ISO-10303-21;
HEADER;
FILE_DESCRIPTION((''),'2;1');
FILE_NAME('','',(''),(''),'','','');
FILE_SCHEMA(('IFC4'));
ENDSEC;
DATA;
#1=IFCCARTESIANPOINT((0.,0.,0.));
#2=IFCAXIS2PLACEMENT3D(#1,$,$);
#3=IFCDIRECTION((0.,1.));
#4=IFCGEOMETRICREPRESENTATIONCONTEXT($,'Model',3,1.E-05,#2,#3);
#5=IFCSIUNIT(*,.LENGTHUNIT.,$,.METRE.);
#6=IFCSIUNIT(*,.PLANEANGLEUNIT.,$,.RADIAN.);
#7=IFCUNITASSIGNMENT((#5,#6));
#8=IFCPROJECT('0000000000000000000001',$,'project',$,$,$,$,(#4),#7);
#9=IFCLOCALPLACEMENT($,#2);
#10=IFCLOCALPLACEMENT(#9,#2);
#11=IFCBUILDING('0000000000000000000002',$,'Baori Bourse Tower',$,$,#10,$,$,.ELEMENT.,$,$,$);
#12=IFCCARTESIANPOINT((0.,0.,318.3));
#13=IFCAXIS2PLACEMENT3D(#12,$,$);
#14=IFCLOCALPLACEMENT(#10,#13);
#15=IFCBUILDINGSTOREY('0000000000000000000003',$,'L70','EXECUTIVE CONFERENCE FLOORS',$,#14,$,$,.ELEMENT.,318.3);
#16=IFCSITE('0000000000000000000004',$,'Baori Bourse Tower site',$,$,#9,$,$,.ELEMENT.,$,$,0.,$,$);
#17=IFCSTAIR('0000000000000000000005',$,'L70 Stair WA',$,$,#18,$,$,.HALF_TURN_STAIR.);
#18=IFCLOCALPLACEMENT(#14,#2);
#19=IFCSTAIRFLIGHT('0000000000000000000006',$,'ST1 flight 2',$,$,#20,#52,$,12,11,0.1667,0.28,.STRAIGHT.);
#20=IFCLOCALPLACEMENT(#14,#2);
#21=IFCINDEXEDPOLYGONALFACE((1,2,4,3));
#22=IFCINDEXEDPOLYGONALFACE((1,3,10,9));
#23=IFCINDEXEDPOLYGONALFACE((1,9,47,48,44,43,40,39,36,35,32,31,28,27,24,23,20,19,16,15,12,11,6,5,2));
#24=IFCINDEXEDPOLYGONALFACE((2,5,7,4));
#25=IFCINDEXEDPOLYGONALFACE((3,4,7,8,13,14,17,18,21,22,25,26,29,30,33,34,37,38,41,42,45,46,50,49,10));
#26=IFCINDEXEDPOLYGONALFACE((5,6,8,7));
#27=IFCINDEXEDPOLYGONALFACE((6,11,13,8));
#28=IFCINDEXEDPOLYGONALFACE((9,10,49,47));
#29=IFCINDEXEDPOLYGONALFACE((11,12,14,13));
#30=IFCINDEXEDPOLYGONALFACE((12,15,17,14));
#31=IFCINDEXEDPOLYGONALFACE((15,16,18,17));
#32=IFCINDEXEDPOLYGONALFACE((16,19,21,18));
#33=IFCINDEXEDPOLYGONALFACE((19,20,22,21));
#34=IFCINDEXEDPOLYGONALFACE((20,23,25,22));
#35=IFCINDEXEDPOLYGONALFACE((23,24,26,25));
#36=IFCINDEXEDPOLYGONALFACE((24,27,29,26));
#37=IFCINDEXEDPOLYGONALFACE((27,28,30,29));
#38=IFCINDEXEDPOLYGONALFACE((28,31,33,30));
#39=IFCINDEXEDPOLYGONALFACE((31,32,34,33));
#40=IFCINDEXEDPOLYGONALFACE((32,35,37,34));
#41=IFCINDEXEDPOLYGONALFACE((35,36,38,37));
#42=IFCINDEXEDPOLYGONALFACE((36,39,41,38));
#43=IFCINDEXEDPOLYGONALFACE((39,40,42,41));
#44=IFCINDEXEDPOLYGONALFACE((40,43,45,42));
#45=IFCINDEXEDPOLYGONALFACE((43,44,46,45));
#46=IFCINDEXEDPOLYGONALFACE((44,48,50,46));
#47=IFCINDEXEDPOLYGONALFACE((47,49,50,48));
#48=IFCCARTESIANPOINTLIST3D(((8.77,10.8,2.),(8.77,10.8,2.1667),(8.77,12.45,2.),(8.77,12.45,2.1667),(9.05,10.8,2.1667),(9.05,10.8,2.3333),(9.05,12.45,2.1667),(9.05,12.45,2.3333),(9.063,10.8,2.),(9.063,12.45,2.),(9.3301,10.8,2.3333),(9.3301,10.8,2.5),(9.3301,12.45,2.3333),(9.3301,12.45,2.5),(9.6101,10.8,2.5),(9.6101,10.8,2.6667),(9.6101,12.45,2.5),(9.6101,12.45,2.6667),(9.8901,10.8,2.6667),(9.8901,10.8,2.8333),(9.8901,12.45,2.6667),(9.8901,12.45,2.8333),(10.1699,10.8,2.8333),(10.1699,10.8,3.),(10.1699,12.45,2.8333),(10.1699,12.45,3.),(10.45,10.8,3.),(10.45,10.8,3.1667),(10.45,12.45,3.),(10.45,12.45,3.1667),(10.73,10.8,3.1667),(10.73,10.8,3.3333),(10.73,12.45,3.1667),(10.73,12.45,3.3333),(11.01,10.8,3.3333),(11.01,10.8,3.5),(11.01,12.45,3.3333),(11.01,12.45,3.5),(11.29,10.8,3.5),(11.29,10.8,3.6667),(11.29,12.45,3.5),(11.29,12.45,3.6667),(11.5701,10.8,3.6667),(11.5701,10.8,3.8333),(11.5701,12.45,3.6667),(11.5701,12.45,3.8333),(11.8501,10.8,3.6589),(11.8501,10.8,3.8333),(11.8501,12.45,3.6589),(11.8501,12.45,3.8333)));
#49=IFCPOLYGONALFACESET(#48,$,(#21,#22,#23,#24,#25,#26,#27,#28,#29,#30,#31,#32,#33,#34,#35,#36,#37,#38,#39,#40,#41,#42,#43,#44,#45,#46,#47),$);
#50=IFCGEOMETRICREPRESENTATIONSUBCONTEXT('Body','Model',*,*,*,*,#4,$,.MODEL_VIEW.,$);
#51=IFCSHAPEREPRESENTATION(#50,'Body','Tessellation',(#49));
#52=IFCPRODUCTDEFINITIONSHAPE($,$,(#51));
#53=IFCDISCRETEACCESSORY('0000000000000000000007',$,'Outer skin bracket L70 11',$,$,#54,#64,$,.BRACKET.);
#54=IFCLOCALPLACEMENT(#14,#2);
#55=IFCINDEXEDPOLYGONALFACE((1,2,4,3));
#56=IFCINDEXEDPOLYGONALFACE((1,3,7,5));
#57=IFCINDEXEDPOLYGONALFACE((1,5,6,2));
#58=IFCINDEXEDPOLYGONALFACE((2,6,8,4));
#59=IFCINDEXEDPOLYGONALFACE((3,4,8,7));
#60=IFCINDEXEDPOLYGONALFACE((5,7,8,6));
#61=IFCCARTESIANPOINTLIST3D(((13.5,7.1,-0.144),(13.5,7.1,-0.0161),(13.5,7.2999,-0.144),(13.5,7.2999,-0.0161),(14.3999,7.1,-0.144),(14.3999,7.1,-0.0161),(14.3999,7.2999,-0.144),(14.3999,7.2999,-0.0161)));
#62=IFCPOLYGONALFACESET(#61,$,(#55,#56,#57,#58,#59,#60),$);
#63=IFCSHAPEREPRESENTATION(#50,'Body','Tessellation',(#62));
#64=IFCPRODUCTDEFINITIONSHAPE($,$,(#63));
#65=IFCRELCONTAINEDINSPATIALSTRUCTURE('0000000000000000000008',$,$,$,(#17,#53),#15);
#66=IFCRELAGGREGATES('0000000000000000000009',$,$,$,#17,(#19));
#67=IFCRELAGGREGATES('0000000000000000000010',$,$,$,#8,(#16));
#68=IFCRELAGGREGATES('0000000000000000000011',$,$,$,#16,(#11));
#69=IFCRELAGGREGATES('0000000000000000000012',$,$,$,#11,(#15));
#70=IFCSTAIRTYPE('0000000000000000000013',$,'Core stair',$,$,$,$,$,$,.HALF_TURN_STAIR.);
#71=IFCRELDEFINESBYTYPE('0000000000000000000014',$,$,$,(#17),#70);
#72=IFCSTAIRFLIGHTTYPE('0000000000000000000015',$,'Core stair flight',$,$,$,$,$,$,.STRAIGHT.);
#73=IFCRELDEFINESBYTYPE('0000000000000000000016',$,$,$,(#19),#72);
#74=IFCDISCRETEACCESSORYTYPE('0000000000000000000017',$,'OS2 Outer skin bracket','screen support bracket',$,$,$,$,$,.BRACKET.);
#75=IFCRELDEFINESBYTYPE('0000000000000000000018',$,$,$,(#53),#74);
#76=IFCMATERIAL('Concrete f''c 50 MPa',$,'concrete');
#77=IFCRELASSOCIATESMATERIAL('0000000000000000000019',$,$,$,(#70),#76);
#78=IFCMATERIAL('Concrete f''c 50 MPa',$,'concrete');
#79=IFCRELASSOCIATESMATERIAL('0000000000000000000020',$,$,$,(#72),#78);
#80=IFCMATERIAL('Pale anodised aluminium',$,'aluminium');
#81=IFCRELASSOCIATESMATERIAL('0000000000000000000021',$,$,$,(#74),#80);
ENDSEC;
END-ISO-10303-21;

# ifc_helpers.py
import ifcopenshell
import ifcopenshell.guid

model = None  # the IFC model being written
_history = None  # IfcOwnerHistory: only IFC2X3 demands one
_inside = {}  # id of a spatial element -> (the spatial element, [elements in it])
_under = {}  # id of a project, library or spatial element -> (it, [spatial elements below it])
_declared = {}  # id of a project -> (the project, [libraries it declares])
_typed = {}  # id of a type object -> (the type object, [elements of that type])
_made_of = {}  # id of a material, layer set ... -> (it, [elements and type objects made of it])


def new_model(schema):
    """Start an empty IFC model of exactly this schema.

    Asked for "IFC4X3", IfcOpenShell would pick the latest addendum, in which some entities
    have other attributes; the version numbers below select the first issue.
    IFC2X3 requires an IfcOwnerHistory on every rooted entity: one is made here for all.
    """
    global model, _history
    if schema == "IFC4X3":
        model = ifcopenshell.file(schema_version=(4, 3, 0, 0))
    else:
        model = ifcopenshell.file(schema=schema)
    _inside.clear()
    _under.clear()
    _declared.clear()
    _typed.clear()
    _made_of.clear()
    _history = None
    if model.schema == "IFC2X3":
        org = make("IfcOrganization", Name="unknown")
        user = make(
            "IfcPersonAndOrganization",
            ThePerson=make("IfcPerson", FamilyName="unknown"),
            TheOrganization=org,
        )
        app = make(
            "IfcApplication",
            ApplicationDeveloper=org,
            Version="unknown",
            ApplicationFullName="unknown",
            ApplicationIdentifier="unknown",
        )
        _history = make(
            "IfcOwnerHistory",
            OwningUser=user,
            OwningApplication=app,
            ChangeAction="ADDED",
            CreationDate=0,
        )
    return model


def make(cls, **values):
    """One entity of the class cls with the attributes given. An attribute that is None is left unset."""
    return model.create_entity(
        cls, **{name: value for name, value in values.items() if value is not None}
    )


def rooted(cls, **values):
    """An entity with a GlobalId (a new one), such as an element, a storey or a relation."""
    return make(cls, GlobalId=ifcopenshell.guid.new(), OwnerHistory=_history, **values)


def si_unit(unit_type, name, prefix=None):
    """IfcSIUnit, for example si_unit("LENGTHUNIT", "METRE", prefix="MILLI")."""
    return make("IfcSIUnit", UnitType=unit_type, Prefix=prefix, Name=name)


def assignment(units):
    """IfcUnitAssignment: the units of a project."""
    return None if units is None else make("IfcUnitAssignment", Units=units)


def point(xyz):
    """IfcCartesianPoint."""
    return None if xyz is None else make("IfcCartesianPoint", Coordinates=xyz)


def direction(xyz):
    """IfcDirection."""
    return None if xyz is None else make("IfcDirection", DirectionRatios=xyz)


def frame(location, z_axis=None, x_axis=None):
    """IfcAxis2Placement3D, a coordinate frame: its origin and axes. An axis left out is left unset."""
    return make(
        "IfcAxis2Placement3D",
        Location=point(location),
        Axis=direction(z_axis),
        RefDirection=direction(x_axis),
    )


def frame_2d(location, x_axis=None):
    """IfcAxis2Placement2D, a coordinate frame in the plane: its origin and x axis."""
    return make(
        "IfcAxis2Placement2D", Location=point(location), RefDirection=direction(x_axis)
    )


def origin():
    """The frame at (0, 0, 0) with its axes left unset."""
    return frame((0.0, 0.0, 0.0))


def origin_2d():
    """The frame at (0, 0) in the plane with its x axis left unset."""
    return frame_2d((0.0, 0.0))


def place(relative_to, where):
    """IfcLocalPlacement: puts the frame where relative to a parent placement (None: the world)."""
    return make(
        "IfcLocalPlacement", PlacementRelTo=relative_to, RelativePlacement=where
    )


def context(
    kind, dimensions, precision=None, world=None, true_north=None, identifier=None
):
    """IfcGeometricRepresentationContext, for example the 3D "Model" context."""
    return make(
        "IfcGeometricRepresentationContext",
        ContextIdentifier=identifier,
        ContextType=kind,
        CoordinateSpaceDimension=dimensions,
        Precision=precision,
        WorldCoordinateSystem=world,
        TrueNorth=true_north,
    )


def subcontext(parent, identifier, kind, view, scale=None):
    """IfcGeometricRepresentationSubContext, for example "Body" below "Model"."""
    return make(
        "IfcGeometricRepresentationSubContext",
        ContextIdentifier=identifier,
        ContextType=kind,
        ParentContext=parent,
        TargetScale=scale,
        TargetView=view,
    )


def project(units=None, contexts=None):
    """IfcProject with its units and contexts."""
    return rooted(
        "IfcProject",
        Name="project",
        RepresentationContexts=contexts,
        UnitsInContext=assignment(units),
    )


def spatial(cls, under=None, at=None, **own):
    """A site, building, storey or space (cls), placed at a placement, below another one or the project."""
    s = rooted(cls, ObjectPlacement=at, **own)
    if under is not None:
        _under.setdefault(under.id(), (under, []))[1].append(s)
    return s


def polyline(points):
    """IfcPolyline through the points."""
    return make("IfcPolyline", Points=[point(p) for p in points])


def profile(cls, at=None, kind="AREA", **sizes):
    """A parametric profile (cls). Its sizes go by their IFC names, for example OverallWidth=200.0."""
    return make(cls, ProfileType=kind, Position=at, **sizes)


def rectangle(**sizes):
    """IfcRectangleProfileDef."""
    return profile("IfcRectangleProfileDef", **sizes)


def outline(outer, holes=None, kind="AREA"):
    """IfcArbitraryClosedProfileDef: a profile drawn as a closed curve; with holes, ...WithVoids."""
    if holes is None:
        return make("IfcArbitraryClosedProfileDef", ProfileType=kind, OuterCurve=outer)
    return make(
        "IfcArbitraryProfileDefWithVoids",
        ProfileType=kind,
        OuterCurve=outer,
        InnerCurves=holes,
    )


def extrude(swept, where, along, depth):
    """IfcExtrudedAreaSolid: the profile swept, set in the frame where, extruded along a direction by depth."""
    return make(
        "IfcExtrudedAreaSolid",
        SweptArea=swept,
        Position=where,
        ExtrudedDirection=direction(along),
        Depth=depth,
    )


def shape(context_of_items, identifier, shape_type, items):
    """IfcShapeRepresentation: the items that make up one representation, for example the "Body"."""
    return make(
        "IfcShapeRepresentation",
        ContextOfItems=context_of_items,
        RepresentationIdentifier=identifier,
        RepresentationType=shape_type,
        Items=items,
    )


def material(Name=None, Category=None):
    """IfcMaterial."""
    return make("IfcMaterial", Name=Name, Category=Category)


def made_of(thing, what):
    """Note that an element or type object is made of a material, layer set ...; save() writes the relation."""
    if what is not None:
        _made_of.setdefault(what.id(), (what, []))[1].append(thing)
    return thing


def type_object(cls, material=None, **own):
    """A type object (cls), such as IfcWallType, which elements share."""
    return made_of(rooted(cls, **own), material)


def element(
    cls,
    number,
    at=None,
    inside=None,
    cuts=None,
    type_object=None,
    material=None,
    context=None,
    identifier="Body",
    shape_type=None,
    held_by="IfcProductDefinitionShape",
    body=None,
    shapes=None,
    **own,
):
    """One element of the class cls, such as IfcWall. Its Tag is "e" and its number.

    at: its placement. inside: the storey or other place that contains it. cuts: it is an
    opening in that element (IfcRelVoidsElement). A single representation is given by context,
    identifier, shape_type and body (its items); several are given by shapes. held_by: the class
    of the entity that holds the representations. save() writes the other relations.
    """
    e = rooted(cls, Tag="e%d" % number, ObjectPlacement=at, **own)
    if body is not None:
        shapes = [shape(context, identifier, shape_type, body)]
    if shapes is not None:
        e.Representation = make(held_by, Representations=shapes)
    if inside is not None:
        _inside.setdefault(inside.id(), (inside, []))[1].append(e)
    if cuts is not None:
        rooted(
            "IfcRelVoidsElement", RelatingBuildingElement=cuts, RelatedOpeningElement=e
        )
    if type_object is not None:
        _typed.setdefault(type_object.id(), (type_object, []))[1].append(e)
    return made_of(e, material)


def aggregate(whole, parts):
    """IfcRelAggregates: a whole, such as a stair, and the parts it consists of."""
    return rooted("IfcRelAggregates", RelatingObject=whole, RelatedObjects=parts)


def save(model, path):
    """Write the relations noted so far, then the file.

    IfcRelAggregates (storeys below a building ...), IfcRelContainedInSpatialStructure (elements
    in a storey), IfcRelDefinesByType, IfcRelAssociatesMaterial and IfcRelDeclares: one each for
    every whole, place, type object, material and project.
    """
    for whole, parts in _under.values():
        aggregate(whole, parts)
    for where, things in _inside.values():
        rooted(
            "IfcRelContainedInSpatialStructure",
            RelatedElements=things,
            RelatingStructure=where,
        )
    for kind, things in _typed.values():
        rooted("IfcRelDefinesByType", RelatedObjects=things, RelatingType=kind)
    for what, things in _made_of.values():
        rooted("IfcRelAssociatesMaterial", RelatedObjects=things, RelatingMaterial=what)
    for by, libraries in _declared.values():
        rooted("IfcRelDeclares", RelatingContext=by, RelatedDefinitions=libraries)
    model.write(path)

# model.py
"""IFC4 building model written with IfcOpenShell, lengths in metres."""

from ifc_helpers import new_model, si_unit, direction, frame, origin, origin_2d, place, context, subcontext, project, spatial, polyline, rectangle, outline, extrude, material, type_object, element, aggregate, save


model = new_model("IFC4")

# Units and contexts
model_context = context("Model", 3, precision=1e-05, world=origin(), true_north=direction((0.0, 1.0)))
body_context = subcontext(model_context, "Body", "Model", "MODEL_VIEW")
ifc_project = project(units=[si_unit("LENGTHUNIT", "METRE"), si_unit("PLANEANGLEUNIT", "RADIAN")], contexts=[model_context])

# Site, building, storey
site_placement = place(None, origin())
site = spatial("IfcSite", under=ifc_project, at=site_placement, Name="Baori Bourse Tower site", CompositionType="ELEMENT", RefElevation=0.0)
building_placement = place(site_placement, origin())
building = spatial("IfcBuilding", under=site, at=building_placement, Name="Baori Bourse Tower", CompositionType="ELEMENT")
storey_placement = place(building_placement, frame((0.0, 0.0, 318.3)))
storey = spatial("IfcBuildingStorey", under=building, at=storey_placement, Name="L70", Description="EXECUTIVE CONFERENCE FLOORS", CompositionType="ELEMENT", Elevation=318.3)

# Stair, stair flight
ifc_material_1 = material(Name="Concrete f'c 50 MPa", Category="concrete")
stair_type = type_object("IfcStairType", Name="Core stair", PredefinedType="HALF_TURN_STAIR", material=ifc_material_1)
stair_placement = place(storey_placement, origin())
stair = element("IfcStair", 1, at=stair_placement, inside=storey, type_object=stair_type, Name="L70 Stair WA", PredefinedType="HALF_TURN_STAIR")
ifc_material_2 = material(Name="Concrete f'c 50 MPa", Category="concrete")
stair_flight_type = type_object("IfcStairFlightType", Name="Core stair flight", PredefinedType="STRAIGHT", material=ifc_material_2)
stair_flight_1_placement = place(storey_placement, frame((8.77, 11.625, 2.0), z_axis=(0.0, 0.0, 1.0), x_axis=(1.0, 0.0, 0.0)))
stair_flight_1 = element("IfcStairFlight", 2, at=stair_flight_1_placement, type_object=stair_flight_type, Name="ST1 flight 2", NumberOfRisers=12, NumberOfTreads=11, PredefinedType="STRAIGHT", RiserHeight=0.1667, TreadLength=0.28, context=body_context, shape_type="SweptSolid", body=[
    extrude(outline(polyline([(0.0, 0.0), (0.0, 0.1667), (0.28, 0.1667), (0.28, 0.3333), (0.5601, 0.3333), (0.5601, 0.5), (0.8401, 0.5), (0.8401, 0.6667), (1.1201, 0.6667), (1.1201, 0.8333), (1.3999, 0.8333), (1.3999, 1.0), (1.6799, 1.0), (1.6799, 1.1667), (1.96, 1.1667), (1.96, 1.3333), (2.24, 1.3333), (2.24, 1.5), (2.52, 1.5), (2.52, 1.6667), (2.8, 1.6667), (2.8, 1.8333), (3.0801, 1.8333), (3.0801, 2.0), (3.0801, 1.6589), (0.293, 0.0), (0.0, 0.0)])), frame((0.0, 0.825, 0.0), z_axis=(0.0, -1.0, 0.0), x_axis=(1.0, 0.0, 0.0)), (0.0, 0.0, 1.0), 1.6499),
])
aggregate(stair, [stair_flight_1])

# Discrete accessory
ifc_material_3 = material(Name="Pale anodised aluminium", Category="aluminium")
discrete_accessory_type = type_object("IfcDiscreteAccessoryType", Name="OS2 Outer skin bracket", Description="screen support bracket", PredefinedType="BRACKET", material=ifc_material_3)
discrete_accessory_placement = place(storey_placement, frame((13.95, 7.2, -0.144), z_axis=(0.0, 0.0, 1.0), x_axis=(0.0, -1.0, 0.0)))
element("IfcDiscreteAccessory", 3, at=discrete_accessory_placement, inside=storey, type_object=discrete_accessory_type, Name="Outer skin bracket L70 11", PredefinedType="BRACKET", context=body_context, shape_type="SweptSolid", body=[
    extrude(rectangle(XDim=0.2, YDim=0.8999, at=origin_2d()), origin(), (0.0, 0.0, 1.0), 0.1279),
])

save(model, "model.ifc")
